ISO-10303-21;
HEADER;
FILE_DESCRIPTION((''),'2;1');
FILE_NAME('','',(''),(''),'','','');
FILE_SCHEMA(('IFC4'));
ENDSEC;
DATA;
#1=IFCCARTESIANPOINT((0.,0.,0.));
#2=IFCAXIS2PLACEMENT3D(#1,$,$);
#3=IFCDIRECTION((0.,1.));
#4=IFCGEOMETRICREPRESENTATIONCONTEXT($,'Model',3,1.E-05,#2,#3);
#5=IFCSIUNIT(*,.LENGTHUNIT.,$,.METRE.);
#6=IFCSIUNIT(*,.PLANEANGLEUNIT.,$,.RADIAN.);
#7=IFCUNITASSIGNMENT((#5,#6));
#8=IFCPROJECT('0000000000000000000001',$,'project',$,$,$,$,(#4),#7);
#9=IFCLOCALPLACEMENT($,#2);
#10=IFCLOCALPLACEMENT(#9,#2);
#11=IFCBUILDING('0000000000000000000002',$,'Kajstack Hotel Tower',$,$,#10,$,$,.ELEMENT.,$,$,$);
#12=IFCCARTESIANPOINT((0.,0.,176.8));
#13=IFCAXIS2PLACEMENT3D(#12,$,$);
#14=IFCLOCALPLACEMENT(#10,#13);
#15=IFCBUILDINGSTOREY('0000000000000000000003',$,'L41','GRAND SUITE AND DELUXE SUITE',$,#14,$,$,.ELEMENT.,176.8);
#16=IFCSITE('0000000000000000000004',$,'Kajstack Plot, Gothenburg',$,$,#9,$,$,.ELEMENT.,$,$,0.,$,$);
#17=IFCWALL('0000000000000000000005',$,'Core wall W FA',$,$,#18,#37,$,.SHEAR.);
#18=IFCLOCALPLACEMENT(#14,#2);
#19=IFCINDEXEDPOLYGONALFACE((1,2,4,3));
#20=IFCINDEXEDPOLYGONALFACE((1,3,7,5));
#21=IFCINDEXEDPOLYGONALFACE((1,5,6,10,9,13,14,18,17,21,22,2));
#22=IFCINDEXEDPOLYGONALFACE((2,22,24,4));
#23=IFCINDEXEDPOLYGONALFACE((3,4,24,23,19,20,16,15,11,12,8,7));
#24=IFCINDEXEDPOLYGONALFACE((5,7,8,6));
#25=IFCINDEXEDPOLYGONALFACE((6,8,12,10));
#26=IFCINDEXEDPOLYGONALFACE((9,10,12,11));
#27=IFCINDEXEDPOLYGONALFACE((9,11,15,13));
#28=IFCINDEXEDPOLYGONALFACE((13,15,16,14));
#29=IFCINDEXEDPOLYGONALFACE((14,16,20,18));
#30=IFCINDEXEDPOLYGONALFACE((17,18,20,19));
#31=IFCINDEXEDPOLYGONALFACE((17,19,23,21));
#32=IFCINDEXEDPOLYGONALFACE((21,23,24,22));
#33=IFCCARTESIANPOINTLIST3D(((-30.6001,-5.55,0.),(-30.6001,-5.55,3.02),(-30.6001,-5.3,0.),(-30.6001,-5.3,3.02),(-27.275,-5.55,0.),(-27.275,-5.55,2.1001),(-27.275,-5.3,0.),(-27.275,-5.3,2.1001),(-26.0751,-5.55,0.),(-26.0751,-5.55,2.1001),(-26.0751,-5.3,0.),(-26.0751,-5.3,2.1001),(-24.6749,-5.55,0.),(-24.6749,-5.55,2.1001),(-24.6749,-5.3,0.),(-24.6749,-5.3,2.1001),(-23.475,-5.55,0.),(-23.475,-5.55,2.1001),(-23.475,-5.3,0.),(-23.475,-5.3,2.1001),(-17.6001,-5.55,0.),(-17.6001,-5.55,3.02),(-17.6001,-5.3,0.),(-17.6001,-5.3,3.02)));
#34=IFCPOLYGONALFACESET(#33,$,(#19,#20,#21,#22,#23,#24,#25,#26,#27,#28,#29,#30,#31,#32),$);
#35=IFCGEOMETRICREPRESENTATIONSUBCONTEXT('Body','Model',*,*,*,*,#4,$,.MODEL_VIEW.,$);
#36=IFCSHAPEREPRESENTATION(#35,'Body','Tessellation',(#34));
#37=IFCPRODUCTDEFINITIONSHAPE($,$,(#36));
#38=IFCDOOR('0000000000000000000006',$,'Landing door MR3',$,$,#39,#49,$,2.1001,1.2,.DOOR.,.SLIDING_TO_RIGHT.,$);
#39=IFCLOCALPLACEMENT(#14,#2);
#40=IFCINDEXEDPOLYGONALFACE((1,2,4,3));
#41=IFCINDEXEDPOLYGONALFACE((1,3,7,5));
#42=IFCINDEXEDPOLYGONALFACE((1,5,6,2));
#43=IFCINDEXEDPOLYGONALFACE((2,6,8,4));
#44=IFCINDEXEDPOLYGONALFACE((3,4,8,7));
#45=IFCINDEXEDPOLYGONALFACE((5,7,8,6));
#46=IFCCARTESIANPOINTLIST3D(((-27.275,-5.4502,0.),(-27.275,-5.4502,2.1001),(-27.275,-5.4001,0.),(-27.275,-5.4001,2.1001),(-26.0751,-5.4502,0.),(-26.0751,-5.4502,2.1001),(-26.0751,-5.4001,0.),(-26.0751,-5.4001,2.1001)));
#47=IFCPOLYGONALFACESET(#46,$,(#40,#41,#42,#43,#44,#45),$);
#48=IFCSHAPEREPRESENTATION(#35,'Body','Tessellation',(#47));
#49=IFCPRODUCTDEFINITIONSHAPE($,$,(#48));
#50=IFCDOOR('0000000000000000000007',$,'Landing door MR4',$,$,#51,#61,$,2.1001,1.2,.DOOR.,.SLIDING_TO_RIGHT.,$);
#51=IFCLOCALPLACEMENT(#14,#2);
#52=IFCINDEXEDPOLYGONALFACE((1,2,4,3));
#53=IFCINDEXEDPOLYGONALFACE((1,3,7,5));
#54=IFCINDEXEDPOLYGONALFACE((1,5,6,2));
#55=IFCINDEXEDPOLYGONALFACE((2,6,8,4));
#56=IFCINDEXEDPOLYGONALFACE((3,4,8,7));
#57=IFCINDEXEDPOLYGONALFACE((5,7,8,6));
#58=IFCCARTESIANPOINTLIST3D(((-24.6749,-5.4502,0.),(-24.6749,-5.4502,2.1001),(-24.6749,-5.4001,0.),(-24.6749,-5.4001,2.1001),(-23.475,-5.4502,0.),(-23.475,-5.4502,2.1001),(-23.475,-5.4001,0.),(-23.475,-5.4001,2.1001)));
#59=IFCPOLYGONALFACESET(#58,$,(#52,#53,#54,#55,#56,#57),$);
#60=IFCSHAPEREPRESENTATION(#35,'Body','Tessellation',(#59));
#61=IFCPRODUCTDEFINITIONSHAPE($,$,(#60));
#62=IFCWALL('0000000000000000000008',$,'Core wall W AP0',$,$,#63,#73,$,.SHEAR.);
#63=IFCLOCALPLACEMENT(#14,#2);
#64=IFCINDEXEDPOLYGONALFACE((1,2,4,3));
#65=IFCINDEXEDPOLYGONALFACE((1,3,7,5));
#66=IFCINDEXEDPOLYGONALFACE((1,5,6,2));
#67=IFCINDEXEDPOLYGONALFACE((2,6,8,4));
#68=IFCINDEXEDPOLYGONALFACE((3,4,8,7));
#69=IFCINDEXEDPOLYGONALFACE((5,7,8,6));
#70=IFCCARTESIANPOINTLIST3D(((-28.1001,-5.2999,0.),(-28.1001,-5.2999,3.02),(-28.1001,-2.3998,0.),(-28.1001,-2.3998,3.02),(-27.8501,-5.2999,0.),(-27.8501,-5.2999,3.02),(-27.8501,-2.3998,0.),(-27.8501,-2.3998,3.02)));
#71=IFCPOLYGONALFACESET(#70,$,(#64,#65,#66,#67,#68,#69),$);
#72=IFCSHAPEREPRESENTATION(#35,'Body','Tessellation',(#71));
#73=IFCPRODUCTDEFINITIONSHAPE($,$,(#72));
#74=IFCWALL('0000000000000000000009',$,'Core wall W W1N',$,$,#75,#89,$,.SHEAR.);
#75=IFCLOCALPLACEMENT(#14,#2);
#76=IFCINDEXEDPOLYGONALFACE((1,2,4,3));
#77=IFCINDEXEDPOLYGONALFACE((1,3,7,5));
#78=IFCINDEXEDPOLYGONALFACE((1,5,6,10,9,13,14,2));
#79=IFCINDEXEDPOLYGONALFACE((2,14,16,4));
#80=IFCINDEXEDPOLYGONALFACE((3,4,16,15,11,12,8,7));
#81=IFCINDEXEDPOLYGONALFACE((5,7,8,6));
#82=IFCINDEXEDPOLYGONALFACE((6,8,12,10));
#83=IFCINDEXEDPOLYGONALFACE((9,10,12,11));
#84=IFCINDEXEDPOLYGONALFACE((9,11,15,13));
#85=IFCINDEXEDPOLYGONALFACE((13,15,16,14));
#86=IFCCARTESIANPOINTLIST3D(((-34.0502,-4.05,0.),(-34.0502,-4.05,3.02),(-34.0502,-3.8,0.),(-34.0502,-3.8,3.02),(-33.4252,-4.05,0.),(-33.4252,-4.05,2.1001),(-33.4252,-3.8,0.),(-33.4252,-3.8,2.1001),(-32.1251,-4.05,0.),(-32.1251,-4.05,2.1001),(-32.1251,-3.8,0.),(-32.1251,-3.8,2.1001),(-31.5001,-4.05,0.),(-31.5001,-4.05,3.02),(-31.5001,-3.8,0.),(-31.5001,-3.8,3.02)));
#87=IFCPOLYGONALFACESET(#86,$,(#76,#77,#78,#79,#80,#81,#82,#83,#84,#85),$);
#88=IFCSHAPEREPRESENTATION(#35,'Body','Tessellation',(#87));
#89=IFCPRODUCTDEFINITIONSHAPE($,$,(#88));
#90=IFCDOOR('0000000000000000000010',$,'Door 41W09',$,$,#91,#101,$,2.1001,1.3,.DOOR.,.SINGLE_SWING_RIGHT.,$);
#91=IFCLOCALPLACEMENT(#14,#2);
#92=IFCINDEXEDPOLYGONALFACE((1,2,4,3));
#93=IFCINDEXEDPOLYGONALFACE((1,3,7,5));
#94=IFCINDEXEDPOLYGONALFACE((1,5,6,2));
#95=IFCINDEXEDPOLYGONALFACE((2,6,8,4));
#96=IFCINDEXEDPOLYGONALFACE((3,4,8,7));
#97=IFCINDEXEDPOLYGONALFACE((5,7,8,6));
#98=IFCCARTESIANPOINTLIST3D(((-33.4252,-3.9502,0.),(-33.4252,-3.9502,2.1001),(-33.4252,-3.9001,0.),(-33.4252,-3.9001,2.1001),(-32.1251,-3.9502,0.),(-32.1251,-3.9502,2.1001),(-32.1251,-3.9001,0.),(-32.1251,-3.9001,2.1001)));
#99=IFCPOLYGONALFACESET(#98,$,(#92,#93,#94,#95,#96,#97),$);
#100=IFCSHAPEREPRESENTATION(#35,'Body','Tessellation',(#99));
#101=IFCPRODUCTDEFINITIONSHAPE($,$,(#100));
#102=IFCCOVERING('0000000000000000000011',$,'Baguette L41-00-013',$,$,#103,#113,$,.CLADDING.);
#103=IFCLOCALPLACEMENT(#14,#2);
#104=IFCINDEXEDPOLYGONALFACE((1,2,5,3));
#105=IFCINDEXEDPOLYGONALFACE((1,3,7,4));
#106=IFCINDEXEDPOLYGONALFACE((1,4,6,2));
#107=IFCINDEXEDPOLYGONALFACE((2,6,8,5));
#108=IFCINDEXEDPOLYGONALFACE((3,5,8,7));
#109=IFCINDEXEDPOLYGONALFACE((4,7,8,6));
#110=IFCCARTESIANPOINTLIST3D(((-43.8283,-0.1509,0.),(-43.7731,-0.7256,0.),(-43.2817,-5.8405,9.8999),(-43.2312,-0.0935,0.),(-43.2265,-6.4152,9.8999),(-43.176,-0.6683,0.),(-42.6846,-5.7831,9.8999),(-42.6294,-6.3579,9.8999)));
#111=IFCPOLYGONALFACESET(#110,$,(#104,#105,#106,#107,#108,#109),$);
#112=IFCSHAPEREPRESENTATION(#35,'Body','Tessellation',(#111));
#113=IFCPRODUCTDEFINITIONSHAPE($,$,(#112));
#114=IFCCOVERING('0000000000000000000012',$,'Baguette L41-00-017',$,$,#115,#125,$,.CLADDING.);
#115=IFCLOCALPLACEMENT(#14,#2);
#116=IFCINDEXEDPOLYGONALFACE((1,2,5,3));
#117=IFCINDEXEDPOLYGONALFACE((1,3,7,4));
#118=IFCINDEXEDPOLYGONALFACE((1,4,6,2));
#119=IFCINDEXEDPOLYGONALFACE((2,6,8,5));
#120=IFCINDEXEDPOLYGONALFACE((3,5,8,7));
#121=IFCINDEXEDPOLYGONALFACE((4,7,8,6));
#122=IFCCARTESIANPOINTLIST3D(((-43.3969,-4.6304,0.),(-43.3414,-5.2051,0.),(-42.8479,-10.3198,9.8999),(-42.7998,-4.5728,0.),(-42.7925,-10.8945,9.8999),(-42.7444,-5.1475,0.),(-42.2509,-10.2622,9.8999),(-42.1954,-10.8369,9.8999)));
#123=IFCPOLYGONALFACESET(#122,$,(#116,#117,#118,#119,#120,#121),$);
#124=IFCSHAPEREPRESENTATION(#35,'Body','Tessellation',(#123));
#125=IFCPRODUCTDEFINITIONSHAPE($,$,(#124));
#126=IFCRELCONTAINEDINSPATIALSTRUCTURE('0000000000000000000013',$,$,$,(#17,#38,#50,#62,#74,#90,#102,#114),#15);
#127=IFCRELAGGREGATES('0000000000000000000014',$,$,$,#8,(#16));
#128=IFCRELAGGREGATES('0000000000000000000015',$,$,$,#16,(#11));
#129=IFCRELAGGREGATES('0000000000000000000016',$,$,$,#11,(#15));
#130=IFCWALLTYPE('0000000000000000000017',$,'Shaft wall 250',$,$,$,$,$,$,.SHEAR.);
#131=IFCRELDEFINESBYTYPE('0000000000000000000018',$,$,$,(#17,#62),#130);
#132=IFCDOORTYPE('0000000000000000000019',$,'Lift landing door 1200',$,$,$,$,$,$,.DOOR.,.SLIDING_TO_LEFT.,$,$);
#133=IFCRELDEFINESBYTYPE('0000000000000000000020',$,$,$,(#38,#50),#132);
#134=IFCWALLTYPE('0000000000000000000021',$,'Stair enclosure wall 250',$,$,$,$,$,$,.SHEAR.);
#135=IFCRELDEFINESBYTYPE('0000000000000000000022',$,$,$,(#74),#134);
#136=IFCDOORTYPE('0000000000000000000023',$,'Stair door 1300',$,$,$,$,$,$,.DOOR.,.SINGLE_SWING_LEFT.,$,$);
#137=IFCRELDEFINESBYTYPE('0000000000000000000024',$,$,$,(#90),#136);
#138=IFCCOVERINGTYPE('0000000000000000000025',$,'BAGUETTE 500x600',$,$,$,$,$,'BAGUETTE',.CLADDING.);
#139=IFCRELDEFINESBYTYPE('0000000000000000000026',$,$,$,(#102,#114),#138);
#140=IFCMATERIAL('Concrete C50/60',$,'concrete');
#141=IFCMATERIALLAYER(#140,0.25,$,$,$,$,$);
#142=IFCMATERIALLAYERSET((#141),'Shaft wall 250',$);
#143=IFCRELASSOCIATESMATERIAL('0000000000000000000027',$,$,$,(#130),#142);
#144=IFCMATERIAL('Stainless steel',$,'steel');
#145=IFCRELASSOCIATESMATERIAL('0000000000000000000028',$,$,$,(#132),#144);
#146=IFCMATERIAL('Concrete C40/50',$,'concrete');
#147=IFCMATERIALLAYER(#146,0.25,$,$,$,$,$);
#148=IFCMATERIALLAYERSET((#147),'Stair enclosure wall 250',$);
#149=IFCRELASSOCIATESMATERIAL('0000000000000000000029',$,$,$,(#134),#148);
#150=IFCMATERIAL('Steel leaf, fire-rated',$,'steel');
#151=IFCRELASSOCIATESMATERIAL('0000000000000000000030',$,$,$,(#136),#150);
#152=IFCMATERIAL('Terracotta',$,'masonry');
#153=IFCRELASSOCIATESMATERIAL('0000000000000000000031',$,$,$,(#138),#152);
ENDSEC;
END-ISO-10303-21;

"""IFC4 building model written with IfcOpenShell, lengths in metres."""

from ifc_helpers import new_model, si_unit, direction, frame, frame_2d, origin, origin_2d, place, context, subcontext, project, spatial, polyline, rectangle, outline, extrude, material, layer, layer_set, material_profile, profile_set, type_object, element, fill, save


model = new_model("IFC4")

# Units and contexts
model_context = context("Model", 3, precision=1e-05, world=origin(), true_north=direction((0.0, 1.0)))
body_context = subcontext(model_context, "Body", "Model", "MODEL_VIEW")
ifc_project = project(units=[si_unit("LENGTHUNIT", "METRE"), si_unit("PLANEANGLEUNIT", "RADIAN")], contexts=[model_context])

# Site, building, storey
site_placement = place(None, origin())
site = spatial("IfcSite", under=ifc_project, at=site_placement, Name="Kajstack Plot, Gothenburg", CompositionType="ELEMENT", RefElevation=0.0)
building_placement = place(site_placement, origin())
building = spatial("IfcBuilding", under=site, at=building_placement, Name="Kajstack Hotel Tower", CompositionType="ELEMENT")
storey_placement = place(building_placement, frame((0.0, 0.0, 176.8)))
storey = spatial("IfcBuildingStorey", under=building, at=storey_placement, Name="L41", Description="GRAND SUITE AND DELUXE SUITE", CompositionType="ELEMENT", Elevation=176.8)

# Shared definitions
ifc_material_1 = material(Name="Concrete C50/60", Category="concrete")

# Wall, openings, doors
ifc_material_2 = material(Name="Steel leaf, fire-rated", Category="steel")
ifc_layer_1 = layer(ifc_material_1, 0.25)
ifc_layer_set_1 = layer_set([ifc_layer_1], Name="Shaft wall 250")
wall_type_1 = type_object("IfcWallType", Name="Shaft wall 250", PredefinedType="SHEAR", material=ifc_layer_set_1)
wall_1_placement = place(storey_placement, frame((-30.6001, -5.425, 0.0), z_axis=(0.0, 0.0, 1.0), x_axis=(1.0, 0.0, 0.0)))
wall_1 = element("IfcWall", 1, at=wall_1_placement, inside=storey, type_object=wall_type_1, Name="Core wall W FA", PredefinedType="SHEAR", context=body_context, shape_type="SweptSolid", body=[
    extrude(rectangle(XDim=13.0, YDim=0.25, at=frame_2d((6.5, 0.0))), origin(), (0.0, 0.0, 1.0), 3.02),
])
opening_1_placement = place(wall_1_placement, frame((3.325, 0.0, 0.0)))
opening_1 = element("IfcOpeningElement", 2, at=opening_1_placement, cuts=wall_1, PredefinedType="OPENING", context=body_context, shape_type="SweptSolid", body=[
    extrude(rectangle(XDim=1.2, YDim=2.1001, at=frame_2d((0.6001, 1.05))), frame((0.0, 0.135, 0.0), z_axis=(0.0, -1.0, 0.0), x_axis=(1.0, 0.0, 0.0)), (0.0, 0.0, 1.0), 0.27),
])
opening_2_placement = place(wall_1_placement, frame((5.925, 0.0, 0.0)))
opening_2 = element("IfcOpeningElement", 3, at=opening_2_placement, cuts=wall_1, PredefinedType="OPENING", context=body_context, shape_type="SweptSolid", body=[
    extrude(rectangle(XDim=1.2, YDim=2.1001, at=frame_2d((0.6001, 1.05))), frame((0.0, 0.135, 0.0), z_axis=(0.0, -1.0, 0.0), x_axis=(1.0, 0.0, 0.0)), (0.0, 0.0, 1.0), 0.27),
])
ifc_material_3 = material(Name="Stainless steel", Category="steel")
door_type_1 = type_object("IfcDoorType", Name="Lift landing door 1200", OperationType="SLIDING_TO_LEFT", PredefinedType="DOOR", material=ifc_material_3)
door_1_placement = place(opening_1_placement, origin())
door_1 = element("IfcDoor", 4, at=door_1_placement, inside=storey, type_object=door_type_1, Name="Landing door MR3", OperationType="SLIDING_TO_RIGHT", OverallHeight=2.1001, OverallWidth=1.2, PredefinedType="DOOR", context=body_context, shape_type="SweptSolid", body=[
    extrude(rectangle(XDim=1.2, YDim=2.1001, at=frame_2d((0.6001, 1.05))), frame((0.0, 0.0249, 0.0), z_axis=(0.0, -1.0, 0.0), x_axis=(1.0, 0.0, 0.0)), (0.0, 0.0, 1.0), 0.05),
])
fill(opening_1, door_1)
door_2_placement = place(opening_2_placement, origin())
door_2 = element("IfcDoor", 5, at=door_2_placement, inside=storey, type_object=door_type_1, Name="Landing door MR4", OperationType="SLIDING_TO_RIGHT", OverallHeight=2.1001, OverallWidth=1.2, PredefinedType="DOOR", context=body_context, shape_type="SweptSolid", body=[
    extrude(rectangle(XDim=1.2, YDim=2.1001, at=frame_2d((0.6001, 1.05))), frame((0.0, 0.0249, 0.0), z_axis=(0.0, -1.0, 0.0), x_axis=(1.0, 0.0, 0.0)), (0.0, 0.0, 1.0), 0.05),
])
fill(opening_2, door_2)

# Wall
wall_2_placement = place(storey_placement, frame((-27.9751, -5.3, 0.0), z_axis=(0.0, 0.0, 1.0), x_axis=(0.0, 1.0, 0.0)))
element("IfcWall", 6, at=wall_2_placement, inside=storey, type_object=wall_type_1, Name="Core wall W AP0", PredefinedType="SHEAR", context=body_context, shape_type="SweptSolid", body=[
    extrude(rectangle(XDim=2.9001, YDim=0.25, at=frame_2d((1.4502, 0.0))), origin(), (0.0, 0.0, 1.0), 3.02),
])

# Wall, opening, door
ifc_material_4 = material(Name="Concrete C40/50", Category="concrete")
ifc_layer_2 = layer(ifc_material_4, 0.25)
ifc_layer_set_2 = layer_set([ifc_layer_2], Name="Stair enclosure wall 250")
wall_type_2 = type_object("IfcWallType", Name="Stair enclosure wall 250", PredefinedType="SHEAR", material=ifc_layer_set_2)
wall_3_placement = place(storey_placement, frame((-34.05, -3.925, 0.0), z_axis=(0.0, 0.0, 1.0), x_axis=(1.0, 0.0, 0.0)))
wall_3 = element("IfcWall", 7, at=wall_3_placement, inside=storey, type_object=wall_type_2, Name="Core wall W W1N", PredefinedType="SHEAR", context=body_context, shape_type="SweptSolid", body=[
    extrude(rectangle(XDim=2.55, YDim=0.25, at=frame_2d((1.2749, 0.0))), origin(), (0.0, 0.0, 1.0), 3.02),
])
opening_3_placement = place(wall_3_placement, frame((0.625, 0.0, 0.0)))
opening_3 = element("IfcOpeningElement", 8, at=opening_3_placement, cuts=wall_3, PredefinedType="OPENING", context=body_context, shape_type="SweptSolid", body=[
    extrude(rectangle(XDim=1.3, YDim=2.1001, at=frame_2d((0.6499, 1.05))), frame((0.0, 0.135, 0.0), z_axis=(0.0, -1.0, 0.0), x_axis=(1.0, 0.0, 0.0)), (0.0, 0.0, 1.0), 0.27),
])
door_type_2 = type_object("IfcDoorType", Name="Stair door 1300", OperationType="SINGLE_SWING_LEFT", PredefinedType="DOOR", material=ifc_material_2)
door_3_placement = place(opening_3_placement, origin())
door_3 = element("IfcDoor", 9, at=door_3_placement, inside=storey, type_object=door_type_2, Name="Door 41W09", OperationType="SINGLE_SWING_RIGHT", OverallHeight=2.1001, OverallWidth=1.3, PredefinedType="DOOR", context=body_context, shape_type="SweptSolid", body=[
    extrude(rectangle(XDim=1.3, YDim=2.1001, at=frame_2d((0.6499, 1.05))), frame((0.0, 0.0249, 0.0), z_axis=(0.0, -1.0, 0.0), x_axis=(1.0, 0.0, 0.0)), (0.0, 0.0, 1.0), 0.05),
])
fill(opening_3, door_3)

# Coverings
ifc_material_5 = material(Name="Terracotta", Category="masonry")
ifc_material_profile = material_profile(ifc_material_5, rectangle(XDim=0.6001, YDim=0.5, at=origin_2d()), Name="Terracotta-clad concrete baguette 500 x 600")
ifc_profile_set = profile_set([ifc_material_profile], Name="Terracotta")
covering_type = type_object("IfcCoveringType", Name="BAGUETTE 500x600", ElementType="BAGUETTE", PredefinedType="CLADDING", material=ifc_profile_set)
for number, where, z_axis, x_axis, name in (
    (10, (-43.2312, -0.0935, 0.0), (-0.995416, -0.095635, 0.0), (0.095635, -0.995416, 0.0), "Baguette L41-00-013"),
    (11, (-42.7998, -4.5728, 0.0), (-0.995378, -0.096038, 0.0), (0.096038, -0.995378, 0.0), "Baguette L41-00-017"),
):
    element("IfcCovering", number, at=place(storey_placement, frame(where, z_axis=z_axis, x_axis=x_axis)), inside=storey, type_object=covering_type, Name=name, PredefinedType="CLADDING", context=body_context, shape_type="SweptSolid", body=[
        extrude(outline(polyline([(5.7158, 9.8999), (0.0, 0.0), (0.5774, 0.0), (6.2932, 9.8999), (5.7158, 9.8999)])), origin(), (0.0, 0.0, 1.0), 0.5999),
    ])

save(model, "model.ifc")
